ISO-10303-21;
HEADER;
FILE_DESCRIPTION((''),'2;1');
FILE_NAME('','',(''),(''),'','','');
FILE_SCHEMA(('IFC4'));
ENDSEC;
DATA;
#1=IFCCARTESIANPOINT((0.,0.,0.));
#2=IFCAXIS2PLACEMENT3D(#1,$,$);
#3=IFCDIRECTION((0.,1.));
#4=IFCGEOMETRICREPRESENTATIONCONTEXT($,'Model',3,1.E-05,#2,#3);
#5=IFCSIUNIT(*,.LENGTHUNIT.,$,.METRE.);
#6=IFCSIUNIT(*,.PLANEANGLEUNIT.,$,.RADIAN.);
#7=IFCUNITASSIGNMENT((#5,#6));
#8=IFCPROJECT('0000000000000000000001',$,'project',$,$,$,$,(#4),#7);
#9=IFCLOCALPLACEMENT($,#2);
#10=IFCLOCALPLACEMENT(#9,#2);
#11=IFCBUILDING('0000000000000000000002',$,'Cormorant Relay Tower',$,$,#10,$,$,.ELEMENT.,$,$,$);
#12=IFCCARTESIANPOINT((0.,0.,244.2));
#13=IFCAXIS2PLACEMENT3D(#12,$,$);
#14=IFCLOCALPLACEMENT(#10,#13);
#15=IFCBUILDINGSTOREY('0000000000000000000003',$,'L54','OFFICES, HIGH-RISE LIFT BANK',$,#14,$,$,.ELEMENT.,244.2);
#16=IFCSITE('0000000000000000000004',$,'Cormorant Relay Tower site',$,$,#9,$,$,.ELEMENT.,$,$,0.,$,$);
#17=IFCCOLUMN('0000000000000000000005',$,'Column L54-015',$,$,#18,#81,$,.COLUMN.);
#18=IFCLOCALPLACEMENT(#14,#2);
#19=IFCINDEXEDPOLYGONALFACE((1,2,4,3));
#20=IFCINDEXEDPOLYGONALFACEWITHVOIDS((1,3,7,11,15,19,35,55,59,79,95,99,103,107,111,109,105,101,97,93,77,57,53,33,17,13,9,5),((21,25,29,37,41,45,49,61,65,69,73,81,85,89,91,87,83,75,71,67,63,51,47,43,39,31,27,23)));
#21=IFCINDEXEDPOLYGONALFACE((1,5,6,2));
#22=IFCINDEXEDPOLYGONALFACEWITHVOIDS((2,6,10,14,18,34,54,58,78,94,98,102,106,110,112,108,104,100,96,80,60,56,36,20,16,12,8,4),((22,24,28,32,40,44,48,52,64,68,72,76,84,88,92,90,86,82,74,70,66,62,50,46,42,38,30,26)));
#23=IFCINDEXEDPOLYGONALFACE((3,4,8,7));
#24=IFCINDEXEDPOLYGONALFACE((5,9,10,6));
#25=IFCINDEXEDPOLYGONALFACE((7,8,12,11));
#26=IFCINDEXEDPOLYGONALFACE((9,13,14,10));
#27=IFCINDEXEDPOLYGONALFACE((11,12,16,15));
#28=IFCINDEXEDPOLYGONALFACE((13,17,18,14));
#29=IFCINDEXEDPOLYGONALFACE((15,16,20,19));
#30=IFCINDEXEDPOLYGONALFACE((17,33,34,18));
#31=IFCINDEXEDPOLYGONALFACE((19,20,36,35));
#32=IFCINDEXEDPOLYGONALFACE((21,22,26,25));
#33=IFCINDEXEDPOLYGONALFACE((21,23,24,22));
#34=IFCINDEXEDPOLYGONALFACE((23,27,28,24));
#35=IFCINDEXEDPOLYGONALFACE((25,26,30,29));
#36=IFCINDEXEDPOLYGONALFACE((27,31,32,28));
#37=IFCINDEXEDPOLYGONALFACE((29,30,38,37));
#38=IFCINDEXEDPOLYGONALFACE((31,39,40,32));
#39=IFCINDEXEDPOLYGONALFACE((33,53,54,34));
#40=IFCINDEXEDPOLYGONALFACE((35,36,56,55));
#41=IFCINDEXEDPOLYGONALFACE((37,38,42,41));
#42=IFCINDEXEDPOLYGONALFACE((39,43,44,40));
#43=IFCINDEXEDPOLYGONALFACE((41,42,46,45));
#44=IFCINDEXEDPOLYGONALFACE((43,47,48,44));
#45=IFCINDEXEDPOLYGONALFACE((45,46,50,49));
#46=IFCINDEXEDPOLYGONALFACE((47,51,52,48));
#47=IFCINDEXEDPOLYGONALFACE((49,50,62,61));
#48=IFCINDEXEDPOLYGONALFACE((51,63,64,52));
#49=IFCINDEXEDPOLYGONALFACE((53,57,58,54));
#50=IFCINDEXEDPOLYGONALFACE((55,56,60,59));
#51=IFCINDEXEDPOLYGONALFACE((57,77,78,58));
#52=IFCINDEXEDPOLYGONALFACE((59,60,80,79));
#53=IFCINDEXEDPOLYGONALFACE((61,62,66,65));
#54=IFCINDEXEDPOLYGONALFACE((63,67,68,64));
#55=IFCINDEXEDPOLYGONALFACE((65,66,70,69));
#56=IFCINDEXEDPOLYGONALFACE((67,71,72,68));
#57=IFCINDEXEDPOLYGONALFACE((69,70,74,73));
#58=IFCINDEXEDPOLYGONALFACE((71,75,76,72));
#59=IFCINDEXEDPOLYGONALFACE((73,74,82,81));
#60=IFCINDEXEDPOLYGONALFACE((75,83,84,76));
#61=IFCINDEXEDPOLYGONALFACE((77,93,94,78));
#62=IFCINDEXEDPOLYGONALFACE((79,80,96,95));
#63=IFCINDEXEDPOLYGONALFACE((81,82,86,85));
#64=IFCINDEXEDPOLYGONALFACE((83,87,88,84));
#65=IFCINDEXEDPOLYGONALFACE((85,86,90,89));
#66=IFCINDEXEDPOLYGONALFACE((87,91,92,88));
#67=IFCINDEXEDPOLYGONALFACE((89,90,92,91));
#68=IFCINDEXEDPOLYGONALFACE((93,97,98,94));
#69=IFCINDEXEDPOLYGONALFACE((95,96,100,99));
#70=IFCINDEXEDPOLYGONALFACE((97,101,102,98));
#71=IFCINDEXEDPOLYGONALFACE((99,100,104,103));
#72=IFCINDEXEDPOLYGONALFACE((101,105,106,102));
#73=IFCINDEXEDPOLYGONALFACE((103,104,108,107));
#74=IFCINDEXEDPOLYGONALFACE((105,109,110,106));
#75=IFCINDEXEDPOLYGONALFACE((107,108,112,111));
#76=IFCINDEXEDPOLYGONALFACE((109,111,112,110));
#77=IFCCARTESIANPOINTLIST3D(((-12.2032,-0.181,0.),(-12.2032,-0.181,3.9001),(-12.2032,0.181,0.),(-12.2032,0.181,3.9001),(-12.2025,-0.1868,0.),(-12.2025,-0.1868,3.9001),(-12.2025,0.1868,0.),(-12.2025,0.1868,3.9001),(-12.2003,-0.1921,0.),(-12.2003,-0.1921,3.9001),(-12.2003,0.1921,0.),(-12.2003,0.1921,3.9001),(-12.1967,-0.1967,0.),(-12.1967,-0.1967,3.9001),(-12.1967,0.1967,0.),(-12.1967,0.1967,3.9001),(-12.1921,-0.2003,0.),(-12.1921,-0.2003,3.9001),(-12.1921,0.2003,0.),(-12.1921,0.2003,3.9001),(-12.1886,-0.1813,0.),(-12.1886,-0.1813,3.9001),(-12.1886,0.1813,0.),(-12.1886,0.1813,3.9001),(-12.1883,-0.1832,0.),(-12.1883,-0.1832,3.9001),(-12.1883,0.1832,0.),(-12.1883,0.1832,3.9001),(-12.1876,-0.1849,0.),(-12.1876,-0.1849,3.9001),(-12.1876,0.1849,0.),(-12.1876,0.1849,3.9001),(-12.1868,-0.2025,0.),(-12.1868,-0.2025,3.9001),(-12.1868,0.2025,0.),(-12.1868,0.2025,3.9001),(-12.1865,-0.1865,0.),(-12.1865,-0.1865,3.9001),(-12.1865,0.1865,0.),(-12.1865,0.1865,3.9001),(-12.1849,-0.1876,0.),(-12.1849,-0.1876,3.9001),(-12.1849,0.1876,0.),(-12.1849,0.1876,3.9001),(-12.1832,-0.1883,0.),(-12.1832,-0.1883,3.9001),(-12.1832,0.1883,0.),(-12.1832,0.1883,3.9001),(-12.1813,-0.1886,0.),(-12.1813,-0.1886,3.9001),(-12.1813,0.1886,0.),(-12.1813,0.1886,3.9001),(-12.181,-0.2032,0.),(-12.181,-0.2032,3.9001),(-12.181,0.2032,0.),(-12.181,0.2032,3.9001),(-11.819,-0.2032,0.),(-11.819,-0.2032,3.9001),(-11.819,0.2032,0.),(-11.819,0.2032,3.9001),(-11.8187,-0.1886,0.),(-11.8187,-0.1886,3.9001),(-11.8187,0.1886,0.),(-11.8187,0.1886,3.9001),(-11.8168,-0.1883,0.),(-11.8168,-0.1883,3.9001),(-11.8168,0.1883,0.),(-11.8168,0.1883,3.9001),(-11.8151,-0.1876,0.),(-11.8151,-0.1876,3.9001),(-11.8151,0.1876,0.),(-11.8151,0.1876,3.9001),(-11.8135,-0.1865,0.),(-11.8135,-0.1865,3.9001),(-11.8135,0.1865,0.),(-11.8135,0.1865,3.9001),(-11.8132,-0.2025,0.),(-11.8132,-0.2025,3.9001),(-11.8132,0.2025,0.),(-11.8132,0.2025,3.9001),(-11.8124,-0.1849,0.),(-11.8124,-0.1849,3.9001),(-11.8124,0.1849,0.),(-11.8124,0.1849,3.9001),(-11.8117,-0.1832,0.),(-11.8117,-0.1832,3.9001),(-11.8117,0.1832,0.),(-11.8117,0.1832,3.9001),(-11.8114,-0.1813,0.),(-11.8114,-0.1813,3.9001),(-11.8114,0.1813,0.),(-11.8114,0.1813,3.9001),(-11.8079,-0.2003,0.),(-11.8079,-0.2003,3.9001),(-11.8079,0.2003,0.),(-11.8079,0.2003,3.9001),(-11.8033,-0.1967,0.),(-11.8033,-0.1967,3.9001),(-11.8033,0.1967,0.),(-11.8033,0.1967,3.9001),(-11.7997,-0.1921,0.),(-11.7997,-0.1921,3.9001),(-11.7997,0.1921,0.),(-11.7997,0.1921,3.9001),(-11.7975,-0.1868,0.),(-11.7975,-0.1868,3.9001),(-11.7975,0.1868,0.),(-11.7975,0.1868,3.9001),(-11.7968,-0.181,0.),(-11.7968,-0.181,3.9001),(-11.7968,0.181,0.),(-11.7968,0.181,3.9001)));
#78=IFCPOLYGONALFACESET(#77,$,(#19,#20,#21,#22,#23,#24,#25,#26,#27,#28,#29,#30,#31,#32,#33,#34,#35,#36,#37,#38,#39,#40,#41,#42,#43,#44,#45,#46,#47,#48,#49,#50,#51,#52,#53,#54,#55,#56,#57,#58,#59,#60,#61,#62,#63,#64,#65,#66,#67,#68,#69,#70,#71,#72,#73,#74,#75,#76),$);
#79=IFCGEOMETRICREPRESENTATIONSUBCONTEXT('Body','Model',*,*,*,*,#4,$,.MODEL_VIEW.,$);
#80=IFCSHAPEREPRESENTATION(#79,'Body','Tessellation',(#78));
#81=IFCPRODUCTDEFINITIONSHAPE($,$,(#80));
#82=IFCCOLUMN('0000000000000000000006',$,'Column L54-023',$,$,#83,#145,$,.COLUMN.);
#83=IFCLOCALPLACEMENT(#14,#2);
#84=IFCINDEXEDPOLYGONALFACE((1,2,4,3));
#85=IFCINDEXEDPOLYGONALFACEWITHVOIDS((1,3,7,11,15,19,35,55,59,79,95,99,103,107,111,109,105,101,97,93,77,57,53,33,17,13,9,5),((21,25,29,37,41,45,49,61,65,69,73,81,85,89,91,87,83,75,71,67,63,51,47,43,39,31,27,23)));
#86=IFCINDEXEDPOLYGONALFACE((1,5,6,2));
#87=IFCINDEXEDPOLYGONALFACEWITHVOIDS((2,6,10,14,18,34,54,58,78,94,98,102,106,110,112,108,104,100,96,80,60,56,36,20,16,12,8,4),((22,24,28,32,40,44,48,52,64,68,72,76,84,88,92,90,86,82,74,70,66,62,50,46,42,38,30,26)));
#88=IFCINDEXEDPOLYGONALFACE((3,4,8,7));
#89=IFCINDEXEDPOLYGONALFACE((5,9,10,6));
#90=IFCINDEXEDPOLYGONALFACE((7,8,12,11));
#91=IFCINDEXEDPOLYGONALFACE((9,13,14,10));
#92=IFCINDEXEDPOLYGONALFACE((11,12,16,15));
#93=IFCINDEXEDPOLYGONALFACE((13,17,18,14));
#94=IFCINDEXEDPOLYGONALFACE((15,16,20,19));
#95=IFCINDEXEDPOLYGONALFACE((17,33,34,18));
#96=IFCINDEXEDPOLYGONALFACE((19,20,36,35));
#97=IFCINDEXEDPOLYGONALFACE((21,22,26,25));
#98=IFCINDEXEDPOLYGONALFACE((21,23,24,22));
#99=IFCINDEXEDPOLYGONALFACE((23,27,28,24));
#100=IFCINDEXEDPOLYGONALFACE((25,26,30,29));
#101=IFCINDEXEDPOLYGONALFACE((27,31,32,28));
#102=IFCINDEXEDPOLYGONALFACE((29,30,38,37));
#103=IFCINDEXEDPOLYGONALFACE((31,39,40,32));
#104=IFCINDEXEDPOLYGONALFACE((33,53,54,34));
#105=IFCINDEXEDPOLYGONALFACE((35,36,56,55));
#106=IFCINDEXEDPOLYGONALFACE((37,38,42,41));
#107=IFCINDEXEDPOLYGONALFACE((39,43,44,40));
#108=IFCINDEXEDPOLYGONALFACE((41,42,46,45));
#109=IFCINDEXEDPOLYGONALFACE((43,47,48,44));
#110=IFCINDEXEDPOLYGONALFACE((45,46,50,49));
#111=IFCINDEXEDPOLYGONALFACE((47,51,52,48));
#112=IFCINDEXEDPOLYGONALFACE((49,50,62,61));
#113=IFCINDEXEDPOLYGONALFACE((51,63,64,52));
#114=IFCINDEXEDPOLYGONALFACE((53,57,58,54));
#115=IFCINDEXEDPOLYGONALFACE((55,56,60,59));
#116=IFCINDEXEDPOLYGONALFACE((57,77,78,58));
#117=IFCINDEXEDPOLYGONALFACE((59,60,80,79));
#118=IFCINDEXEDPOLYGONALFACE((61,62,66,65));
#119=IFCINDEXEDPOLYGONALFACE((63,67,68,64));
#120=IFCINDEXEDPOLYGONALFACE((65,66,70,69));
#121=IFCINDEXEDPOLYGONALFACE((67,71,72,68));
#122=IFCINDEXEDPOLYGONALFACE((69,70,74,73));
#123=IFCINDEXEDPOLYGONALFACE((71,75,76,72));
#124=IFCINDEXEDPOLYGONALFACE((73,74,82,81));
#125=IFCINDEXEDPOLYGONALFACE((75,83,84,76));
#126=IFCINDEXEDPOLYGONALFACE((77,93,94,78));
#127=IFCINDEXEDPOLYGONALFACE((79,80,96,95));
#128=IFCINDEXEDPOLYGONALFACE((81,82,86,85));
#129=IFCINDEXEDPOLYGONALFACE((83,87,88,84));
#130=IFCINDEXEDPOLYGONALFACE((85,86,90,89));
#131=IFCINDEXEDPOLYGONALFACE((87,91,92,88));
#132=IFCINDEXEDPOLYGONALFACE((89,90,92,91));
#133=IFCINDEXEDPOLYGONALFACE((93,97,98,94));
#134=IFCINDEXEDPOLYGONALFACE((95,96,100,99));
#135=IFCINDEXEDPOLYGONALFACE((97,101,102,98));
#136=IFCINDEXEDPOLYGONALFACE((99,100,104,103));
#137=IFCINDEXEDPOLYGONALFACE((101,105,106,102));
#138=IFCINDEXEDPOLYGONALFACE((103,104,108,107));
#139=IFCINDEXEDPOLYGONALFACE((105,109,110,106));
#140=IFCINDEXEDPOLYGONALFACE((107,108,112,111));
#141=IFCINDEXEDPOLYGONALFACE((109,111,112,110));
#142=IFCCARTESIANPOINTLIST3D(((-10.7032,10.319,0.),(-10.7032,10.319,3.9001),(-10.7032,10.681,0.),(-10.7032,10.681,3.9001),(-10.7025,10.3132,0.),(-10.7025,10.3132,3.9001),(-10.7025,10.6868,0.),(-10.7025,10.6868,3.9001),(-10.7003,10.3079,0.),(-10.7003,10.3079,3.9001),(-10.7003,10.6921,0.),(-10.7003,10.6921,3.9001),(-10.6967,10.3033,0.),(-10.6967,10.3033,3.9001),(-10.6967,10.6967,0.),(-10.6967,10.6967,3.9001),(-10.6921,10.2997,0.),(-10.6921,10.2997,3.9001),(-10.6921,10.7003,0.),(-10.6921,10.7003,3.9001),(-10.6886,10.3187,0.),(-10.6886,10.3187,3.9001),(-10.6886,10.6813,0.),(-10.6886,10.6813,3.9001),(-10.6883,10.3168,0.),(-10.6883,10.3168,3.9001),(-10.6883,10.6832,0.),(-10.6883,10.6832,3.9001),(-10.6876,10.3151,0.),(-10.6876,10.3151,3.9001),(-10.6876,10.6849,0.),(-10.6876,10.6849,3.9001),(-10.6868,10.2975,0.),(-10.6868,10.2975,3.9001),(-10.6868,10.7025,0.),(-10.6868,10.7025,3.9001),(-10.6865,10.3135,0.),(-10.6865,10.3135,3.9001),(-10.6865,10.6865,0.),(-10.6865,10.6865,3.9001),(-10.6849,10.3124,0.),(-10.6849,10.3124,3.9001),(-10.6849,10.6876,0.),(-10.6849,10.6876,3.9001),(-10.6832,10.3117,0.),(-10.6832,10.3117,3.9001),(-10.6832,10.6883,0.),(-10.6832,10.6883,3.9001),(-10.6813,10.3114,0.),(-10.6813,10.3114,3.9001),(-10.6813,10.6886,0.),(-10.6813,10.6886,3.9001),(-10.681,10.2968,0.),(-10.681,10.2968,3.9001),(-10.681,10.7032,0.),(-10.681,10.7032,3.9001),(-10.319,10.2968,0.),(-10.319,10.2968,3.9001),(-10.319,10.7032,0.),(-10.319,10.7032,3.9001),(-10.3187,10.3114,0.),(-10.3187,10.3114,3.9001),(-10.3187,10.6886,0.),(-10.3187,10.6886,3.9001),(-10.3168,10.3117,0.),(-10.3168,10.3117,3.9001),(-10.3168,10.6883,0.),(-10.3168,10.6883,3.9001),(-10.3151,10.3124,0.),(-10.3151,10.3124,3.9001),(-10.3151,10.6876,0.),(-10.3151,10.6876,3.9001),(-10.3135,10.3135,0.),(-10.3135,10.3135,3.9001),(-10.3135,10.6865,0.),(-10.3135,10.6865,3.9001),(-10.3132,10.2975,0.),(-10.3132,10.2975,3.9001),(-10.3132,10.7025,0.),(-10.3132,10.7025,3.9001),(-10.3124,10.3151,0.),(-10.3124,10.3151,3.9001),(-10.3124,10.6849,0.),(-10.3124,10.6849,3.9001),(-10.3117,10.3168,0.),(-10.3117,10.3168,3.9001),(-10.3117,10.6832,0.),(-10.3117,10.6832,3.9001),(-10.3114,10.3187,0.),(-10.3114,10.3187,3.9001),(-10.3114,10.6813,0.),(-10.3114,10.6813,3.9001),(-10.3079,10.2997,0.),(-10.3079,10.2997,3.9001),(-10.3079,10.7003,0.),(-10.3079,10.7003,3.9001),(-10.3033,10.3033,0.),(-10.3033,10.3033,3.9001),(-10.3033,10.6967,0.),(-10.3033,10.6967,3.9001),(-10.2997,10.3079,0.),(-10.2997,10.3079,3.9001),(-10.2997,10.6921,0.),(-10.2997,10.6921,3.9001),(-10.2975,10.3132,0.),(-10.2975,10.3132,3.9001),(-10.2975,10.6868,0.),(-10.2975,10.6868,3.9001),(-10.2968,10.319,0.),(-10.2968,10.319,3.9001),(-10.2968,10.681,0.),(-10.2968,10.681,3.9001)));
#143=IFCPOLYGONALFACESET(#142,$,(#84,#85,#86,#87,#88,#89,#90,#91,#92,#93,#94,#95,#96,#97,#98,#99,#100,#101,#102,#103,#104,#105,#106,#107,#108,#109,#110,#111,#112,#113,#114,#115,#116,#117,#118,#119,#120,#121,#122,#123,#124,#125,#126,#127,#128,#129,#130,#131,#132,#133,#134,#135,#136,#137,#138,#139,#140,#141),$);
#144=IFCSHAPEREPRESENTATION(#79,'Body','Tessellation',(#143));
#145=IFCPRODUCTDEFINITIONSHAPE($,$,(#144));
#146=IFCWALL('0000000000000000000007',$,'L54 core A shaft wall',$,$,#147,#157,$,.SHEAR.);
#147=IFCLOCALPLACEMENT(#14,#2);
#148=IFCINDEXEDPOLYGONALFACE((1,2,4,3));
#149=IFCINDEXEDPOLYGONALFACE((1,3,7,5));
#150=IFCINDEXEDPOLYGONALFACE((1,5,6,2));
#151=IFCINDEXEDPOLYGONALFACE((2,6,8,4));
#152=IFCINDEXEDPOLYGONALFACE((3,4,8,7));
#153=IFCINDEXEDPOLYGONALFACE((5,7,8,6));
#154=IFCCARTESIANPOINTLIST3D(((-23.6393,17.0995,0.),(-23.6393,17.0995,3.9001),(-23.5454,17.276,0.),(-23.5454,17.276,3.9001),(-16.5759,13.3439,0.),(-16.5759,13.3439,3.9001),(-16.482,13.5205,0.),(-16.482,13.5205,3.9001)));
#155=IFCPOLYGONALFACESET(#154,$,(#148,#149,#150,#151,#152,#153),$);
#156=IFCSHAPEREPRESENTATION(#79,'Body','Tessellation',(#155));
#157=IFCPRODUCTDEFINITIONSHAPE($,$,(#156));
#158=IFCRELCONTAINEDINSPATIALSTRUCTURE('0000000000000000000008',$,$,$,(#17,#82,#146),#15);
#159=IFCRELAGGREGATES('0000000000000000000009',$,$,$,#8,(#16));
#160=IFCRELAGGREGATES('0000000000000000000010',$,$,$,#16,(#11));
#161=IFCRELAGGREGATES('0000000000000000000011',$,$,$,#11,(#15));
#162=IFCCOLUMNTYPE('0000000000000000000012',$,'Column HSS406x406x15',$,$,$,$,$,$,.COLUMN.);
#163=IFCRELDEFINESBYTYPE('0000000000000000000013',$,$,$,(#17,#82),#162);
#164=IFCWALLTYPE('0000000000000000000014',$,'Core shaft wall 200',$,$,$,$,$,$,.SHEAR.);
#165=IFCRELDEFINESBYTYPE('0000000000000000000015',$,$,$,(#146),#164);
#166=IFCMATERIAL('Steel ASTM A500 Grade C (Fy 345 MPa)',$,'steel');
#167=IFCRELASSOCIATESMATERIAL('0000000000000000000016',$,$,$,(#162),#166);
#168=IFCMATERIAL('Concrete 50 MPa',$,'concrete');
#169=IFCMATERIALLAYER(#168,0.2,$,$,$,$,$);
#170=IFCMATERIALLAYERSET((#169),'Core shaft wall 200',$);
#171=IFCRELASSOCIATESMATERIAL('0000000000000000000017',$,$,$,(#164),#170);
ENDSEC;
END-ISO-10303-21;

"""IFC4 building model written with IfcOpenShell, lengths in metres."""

from ifc_helpers import new_model, si_unit, direction, frame, frame_2d, origin, origin_2d, place, context, subcontext, project, spatial, rectangle, hollow_rectangle, extrude, material, layer, layer_set, material_profile, profile_set, type_object, element, save


model = new_model("IFC4")

# Units and contexts
model_context = context("Model", 3, precision=1e-05, world=origin(), true_north=direction((0.0, 1.0)))
body_context = subcontext(model_context, "Body", "Model", "MODEL_VIEW")
ifc_project = project(units=[si_unit("LENGTHUNIT", "METRE"), si_unit("PLANEANGLEUNIT", "RADIAN")], contexts=[model_context])

# Site, building, storey
site_placement = place(None, origin())
site = spatial("IfcSite", under=ifc_project, at=site_placement, Name="Cormorant Relay Tower site", CompositionType="ELEMENT", RefElevation=0.0)
building_placement = place(site_placement, origin())
building = spatial("IfcBuilding", under=site, at=building_placement, Name="Cormorant Relay Tower", CompositionType="ELEMENT")
storey_placement = place(building_placement, frame((0.0, 0.0, 244.2)))
storey = spatial("IfcBuildingStorey", under=building, at=storey_placement, Name="L54", Description="OFFICES, HIGH-RISE LIFT BANK", CompositionType="ELEMENT", Elevation=244.2)

# Columns
ifc_material_1 = material(Name="Steel ASTM A500 Grade C (Fy 345 MPa)", Category="steel")
ifc_material_profile = material_profile(ifc_material_1, hollow_rectangle(XDim=0.4065, YDim=0.4065, WallThickness=0.0146, InnerFilletRadius=0.0073, OuterFilletRadius=0.0222, at=origin_2d()), Name="HSS406x406x15")
ifc_profile_set = profile_set([ifc_material_profile], Name="Steel ASTM A500 Grade C (Fy 345 MPa)")
column_type = type_object("IfcColumnType", Name="Column HSS406x406x15", PredefinedType="COLUMN", material=ifc_profile_set)
for number, where, z_axis, x_axis, name in (
    (1, (-12.0, 0.0, 0.0), (0.0, 0.0, 1.0), (1.0, 0.0, 0.0), "Column L54-015"),
    (2, (-10.5, 10.5, 0.0), (0.0, 0.0, 1.0), (1.0, 0.0, 0.0), "Column L54-023"),
):
    element("IfcColumn", number, at=place(storey_placement, frame(where, z_axis=z_axis, x_axis=x_axis)), inside=storey, type_object=column_type, Name=name, PredefinedType="COLUMN", context=body_context, shape_type="SweptSolid", body=[
        extrude(hollow_rectangle(XDim=0.4065, YDim=0.4065, WallThickness=0.0146, InnerFilletRadius=0.0073, OuterFilletRadius=0.0222, at=origin_2d()), origin(), (0.0, 0.0, 1.0), 3.9001),
    ])

# Wall
ifc_material_2 = material(Name="Concrete 50 MPa", Category="concrete")
ifc_layer_1 = layer(ifc_material_2, 0.2)
ifc_layer_set_1 = layer_set([ifc_layer_1], Name="Core shaft wall 200")
wall_type_1 = type_object("IfcWallType", Name="Core shaft wall 200", PredefinedType="SHEAR", material=ifc_layer_set_1)
wall_1_placement = place(storey_placement, frame((-16.5288, 13.4321, 0.0), z_axis=(0.0, 0.0, 1.0), x_axis=(-0.882953, 0.469462, 0.0)))
element("IfcWall", 3, at=wall_1_placement, inside=storey, type_object=wall_type_1, Name="L54 core A shaft wall", PredefinedType="SHEAR", context=body_context, shape_type="SweptSolid", body=[
    extrude(rectangle(XDim=7.9998, YDim=0.2, at=frame_2d((4.0, 0.0))), origin(), (0.0, 0.0, 1.0), 3.9001),
])

save(model, "model.ifc")
